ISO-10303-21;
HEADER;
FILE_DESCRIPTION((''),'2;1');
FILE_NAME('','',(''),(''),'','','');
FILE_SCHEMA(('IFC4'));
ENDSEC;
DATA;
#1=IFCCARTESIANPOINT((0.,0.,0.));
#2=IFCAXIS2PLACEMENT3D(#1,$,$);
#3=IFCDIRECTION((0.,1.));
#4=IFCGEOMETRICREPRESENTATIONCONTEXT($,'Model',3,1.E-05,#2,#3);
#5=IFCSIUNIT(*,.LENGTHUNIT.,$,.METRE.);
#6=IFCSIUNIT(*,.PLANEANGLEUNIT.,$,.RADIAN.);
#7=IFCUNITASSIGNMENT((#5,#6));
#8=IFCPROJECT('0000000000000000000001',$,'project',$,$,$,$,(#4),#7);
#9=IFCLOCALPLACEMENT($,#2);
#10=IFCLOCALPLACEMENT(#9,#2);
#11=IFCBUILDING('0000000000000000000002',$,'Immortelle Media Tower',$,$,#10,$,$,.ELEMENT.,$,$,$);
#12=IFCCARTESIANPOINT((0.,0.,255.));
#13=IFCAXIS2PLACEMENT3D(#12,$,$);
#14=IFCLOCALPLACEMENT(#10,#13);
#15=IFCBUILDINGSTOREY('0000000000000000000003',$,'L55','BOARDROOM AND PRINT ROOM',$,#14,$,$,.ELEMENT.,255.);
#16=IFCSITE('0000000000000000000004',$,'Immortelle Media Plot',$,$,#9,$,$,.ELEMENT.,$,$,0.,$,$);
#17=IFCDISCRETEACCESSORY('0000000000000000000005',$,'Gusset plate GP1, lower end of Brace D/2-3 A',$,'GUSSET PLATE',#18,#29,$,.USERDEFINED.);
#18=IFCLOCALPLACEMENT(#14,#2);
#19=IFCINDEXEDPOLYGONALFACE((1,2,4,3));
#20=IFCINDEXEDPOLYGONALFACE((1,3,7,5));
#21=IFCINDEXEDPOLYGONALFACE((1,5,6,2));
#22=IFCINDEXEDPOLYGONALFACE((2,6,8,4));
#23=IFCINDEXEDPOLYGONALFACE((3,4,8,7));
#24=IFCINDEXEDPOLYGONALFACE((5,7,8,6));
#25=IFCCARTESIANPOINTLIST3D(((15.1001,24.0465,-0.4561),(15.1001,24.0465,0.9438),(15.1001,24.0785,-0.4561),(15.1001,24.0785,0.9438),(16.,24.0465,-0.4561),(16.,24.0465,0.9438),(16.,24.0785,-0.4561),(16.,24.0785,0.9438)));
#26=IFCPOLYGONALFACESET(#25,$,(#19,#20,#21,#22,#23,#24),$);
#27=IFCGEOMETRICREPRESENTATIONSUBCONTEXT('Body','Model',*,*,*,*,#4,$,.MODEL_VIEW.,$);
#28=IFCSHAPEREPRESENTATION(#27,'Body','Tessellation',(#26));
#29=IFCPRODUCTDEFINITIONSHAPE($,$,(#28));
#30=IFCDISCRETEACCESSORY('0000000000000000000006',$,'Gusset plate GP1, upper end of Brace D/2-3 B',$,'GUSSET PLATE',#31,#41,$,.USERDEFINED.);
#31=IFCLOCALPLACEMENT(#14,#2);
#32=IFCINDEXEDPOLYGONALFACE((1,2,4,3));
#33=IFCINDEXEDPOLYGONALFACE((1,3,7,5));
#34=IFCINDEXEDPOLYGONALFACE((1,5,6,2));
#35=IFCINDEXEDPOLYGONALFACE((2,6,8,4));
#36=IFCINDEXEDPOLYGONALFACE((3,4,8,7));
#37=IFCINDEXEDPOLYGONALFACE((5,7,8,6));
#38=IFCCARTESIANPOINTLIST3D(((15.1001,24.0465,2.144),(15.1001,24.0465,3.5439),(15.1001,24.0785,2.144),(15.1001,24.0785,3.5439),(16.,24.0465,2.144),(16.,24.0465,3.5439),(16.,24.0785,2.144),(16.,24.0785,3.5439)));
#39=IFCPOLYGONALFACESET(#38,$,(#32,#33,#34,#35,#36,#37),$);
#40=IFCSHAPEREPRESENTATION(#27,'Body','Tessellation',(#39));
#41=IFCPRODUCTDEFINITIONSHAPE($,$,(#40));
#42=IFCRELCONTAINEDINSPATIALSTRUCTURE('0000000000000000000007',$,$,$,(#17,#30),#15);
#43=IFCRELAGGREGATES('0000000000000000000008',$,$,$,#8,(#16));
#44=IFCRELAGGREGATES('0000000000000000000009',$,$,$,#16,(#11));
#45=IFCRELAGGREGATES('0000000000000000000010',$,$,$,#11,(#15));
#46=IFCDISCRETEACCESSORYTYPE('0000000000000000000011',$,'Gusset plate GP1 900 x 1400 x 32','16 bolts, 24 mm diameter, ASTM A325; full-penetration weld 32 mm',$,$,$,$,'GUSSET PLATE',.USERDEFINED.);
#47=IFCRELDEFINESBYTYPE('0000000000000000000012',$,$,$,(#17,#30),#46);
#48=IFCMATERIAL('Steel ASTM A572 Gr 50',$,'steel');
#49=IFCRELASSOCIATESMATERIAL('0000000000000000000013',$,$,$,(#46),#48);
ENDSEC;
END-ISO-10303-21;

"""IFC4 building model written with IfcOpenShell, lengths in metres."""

from ifc_helpers import new_model, si_unit, direction, frame, origin, origin_2d, place, context, subcontext, project, spatial, rectangle, extrude, material, material_profile, profile_set, type_object, element, save


model = new_model("IFC4")

# Units and contexts
model_context = context("Model", 3, precision=1e-05, world=origin(), true_north=direction((0.0, 1.0)))
body_context = subcontext(model_context, "Body", "Model", "MODEL_VIEW")
ifc_project = project(units=[si_unit("LENGTHUNIT", "METRE"), si_unit("PLANEANGLEUNIT", "RADIAN")], contexts=[model_context])

# Site, building, storey
site_placement = place(None, origin())
site = spatial("IfcSite", under=ifc_project, at=site_placement, Name="Immortelle Media Plot", CompositionType="ELEMENT", RefElevation=0.0)
building_placement = place(site_placement, origin())
building = spatial("IfcBuilding", under=site, at=building_placement, Name="Immortelle Media Tower", CompositionType="ELEMENT")
storey_placement = place(building_placement, frame((0.0, 0.0, 255.0)))
storey = spatial("IfcBuildingStorey", under=building, at=storey_placement, Name="L55", Description="BOARDROOM AND PRINT ROOM", CompositionType="ELEMENT", Elevation=255.0)

# Discrete accessories
ifc_material_1 = material(Name="Steel ASTM A572 Gr 50", Category="steel")
ifc_material_profile_1 = material_profile(ifc_material_1, rectangle(XDim=0.032, YDim=1.3999, at=origin_2d()), Name="PL 32 x 1400")
ifc_profile_set_1 = profile_set([ifc_material_profile_1], Name="Steel ASTM A572 Gr 50")
discrete_accessory_type_1 = type_object("IfcDiscreteAccessoryType", Name="Gusset plate GP1 900 x 1400 x 32", Description="16 bolts, 24 mm diameter, ASTM A325; full-penetration weld 32 mm", ElementType="GUSSET PLATE", PredefinedType="USERDEFINED", material=ifc_profile_set_1)
for number, where, z_axis, x_axis, name in (
    (1, (16.0, 24.0625, 0.2439), (-1.0, 0.0, 0.0), (0.0, -1.0, 0.0), "Gusset plate GP1, lower end of Brace D/2-3 A"),
    (2, (16.0, 24.0625, 2.844), (-1.0, 0.0, 0.0), (0.0, -1.0, 0.0), "Gusset plate GP1, upper end of Brace D/2-3 B"),
):
    element("IfcDiscreteAccessory", number, at=place(storey_placement, frame(where, z_axis=z_axis, x_axis=x_axis)), inside=storey, type_object=discrete_accessory_type_1, Name=name, ObjectType="GUSSET PLATE", PredefinedType="USERDEFINED", context=body_context, shape_type="SweptSolid", body=[
        extrude(rectangle(XDim=0.032, YDim=1.3999, at=origin_2d()), origin(), (0.0, 0.0, 1.0), 0.8999),
    ])

save(model, "model.ifc")
